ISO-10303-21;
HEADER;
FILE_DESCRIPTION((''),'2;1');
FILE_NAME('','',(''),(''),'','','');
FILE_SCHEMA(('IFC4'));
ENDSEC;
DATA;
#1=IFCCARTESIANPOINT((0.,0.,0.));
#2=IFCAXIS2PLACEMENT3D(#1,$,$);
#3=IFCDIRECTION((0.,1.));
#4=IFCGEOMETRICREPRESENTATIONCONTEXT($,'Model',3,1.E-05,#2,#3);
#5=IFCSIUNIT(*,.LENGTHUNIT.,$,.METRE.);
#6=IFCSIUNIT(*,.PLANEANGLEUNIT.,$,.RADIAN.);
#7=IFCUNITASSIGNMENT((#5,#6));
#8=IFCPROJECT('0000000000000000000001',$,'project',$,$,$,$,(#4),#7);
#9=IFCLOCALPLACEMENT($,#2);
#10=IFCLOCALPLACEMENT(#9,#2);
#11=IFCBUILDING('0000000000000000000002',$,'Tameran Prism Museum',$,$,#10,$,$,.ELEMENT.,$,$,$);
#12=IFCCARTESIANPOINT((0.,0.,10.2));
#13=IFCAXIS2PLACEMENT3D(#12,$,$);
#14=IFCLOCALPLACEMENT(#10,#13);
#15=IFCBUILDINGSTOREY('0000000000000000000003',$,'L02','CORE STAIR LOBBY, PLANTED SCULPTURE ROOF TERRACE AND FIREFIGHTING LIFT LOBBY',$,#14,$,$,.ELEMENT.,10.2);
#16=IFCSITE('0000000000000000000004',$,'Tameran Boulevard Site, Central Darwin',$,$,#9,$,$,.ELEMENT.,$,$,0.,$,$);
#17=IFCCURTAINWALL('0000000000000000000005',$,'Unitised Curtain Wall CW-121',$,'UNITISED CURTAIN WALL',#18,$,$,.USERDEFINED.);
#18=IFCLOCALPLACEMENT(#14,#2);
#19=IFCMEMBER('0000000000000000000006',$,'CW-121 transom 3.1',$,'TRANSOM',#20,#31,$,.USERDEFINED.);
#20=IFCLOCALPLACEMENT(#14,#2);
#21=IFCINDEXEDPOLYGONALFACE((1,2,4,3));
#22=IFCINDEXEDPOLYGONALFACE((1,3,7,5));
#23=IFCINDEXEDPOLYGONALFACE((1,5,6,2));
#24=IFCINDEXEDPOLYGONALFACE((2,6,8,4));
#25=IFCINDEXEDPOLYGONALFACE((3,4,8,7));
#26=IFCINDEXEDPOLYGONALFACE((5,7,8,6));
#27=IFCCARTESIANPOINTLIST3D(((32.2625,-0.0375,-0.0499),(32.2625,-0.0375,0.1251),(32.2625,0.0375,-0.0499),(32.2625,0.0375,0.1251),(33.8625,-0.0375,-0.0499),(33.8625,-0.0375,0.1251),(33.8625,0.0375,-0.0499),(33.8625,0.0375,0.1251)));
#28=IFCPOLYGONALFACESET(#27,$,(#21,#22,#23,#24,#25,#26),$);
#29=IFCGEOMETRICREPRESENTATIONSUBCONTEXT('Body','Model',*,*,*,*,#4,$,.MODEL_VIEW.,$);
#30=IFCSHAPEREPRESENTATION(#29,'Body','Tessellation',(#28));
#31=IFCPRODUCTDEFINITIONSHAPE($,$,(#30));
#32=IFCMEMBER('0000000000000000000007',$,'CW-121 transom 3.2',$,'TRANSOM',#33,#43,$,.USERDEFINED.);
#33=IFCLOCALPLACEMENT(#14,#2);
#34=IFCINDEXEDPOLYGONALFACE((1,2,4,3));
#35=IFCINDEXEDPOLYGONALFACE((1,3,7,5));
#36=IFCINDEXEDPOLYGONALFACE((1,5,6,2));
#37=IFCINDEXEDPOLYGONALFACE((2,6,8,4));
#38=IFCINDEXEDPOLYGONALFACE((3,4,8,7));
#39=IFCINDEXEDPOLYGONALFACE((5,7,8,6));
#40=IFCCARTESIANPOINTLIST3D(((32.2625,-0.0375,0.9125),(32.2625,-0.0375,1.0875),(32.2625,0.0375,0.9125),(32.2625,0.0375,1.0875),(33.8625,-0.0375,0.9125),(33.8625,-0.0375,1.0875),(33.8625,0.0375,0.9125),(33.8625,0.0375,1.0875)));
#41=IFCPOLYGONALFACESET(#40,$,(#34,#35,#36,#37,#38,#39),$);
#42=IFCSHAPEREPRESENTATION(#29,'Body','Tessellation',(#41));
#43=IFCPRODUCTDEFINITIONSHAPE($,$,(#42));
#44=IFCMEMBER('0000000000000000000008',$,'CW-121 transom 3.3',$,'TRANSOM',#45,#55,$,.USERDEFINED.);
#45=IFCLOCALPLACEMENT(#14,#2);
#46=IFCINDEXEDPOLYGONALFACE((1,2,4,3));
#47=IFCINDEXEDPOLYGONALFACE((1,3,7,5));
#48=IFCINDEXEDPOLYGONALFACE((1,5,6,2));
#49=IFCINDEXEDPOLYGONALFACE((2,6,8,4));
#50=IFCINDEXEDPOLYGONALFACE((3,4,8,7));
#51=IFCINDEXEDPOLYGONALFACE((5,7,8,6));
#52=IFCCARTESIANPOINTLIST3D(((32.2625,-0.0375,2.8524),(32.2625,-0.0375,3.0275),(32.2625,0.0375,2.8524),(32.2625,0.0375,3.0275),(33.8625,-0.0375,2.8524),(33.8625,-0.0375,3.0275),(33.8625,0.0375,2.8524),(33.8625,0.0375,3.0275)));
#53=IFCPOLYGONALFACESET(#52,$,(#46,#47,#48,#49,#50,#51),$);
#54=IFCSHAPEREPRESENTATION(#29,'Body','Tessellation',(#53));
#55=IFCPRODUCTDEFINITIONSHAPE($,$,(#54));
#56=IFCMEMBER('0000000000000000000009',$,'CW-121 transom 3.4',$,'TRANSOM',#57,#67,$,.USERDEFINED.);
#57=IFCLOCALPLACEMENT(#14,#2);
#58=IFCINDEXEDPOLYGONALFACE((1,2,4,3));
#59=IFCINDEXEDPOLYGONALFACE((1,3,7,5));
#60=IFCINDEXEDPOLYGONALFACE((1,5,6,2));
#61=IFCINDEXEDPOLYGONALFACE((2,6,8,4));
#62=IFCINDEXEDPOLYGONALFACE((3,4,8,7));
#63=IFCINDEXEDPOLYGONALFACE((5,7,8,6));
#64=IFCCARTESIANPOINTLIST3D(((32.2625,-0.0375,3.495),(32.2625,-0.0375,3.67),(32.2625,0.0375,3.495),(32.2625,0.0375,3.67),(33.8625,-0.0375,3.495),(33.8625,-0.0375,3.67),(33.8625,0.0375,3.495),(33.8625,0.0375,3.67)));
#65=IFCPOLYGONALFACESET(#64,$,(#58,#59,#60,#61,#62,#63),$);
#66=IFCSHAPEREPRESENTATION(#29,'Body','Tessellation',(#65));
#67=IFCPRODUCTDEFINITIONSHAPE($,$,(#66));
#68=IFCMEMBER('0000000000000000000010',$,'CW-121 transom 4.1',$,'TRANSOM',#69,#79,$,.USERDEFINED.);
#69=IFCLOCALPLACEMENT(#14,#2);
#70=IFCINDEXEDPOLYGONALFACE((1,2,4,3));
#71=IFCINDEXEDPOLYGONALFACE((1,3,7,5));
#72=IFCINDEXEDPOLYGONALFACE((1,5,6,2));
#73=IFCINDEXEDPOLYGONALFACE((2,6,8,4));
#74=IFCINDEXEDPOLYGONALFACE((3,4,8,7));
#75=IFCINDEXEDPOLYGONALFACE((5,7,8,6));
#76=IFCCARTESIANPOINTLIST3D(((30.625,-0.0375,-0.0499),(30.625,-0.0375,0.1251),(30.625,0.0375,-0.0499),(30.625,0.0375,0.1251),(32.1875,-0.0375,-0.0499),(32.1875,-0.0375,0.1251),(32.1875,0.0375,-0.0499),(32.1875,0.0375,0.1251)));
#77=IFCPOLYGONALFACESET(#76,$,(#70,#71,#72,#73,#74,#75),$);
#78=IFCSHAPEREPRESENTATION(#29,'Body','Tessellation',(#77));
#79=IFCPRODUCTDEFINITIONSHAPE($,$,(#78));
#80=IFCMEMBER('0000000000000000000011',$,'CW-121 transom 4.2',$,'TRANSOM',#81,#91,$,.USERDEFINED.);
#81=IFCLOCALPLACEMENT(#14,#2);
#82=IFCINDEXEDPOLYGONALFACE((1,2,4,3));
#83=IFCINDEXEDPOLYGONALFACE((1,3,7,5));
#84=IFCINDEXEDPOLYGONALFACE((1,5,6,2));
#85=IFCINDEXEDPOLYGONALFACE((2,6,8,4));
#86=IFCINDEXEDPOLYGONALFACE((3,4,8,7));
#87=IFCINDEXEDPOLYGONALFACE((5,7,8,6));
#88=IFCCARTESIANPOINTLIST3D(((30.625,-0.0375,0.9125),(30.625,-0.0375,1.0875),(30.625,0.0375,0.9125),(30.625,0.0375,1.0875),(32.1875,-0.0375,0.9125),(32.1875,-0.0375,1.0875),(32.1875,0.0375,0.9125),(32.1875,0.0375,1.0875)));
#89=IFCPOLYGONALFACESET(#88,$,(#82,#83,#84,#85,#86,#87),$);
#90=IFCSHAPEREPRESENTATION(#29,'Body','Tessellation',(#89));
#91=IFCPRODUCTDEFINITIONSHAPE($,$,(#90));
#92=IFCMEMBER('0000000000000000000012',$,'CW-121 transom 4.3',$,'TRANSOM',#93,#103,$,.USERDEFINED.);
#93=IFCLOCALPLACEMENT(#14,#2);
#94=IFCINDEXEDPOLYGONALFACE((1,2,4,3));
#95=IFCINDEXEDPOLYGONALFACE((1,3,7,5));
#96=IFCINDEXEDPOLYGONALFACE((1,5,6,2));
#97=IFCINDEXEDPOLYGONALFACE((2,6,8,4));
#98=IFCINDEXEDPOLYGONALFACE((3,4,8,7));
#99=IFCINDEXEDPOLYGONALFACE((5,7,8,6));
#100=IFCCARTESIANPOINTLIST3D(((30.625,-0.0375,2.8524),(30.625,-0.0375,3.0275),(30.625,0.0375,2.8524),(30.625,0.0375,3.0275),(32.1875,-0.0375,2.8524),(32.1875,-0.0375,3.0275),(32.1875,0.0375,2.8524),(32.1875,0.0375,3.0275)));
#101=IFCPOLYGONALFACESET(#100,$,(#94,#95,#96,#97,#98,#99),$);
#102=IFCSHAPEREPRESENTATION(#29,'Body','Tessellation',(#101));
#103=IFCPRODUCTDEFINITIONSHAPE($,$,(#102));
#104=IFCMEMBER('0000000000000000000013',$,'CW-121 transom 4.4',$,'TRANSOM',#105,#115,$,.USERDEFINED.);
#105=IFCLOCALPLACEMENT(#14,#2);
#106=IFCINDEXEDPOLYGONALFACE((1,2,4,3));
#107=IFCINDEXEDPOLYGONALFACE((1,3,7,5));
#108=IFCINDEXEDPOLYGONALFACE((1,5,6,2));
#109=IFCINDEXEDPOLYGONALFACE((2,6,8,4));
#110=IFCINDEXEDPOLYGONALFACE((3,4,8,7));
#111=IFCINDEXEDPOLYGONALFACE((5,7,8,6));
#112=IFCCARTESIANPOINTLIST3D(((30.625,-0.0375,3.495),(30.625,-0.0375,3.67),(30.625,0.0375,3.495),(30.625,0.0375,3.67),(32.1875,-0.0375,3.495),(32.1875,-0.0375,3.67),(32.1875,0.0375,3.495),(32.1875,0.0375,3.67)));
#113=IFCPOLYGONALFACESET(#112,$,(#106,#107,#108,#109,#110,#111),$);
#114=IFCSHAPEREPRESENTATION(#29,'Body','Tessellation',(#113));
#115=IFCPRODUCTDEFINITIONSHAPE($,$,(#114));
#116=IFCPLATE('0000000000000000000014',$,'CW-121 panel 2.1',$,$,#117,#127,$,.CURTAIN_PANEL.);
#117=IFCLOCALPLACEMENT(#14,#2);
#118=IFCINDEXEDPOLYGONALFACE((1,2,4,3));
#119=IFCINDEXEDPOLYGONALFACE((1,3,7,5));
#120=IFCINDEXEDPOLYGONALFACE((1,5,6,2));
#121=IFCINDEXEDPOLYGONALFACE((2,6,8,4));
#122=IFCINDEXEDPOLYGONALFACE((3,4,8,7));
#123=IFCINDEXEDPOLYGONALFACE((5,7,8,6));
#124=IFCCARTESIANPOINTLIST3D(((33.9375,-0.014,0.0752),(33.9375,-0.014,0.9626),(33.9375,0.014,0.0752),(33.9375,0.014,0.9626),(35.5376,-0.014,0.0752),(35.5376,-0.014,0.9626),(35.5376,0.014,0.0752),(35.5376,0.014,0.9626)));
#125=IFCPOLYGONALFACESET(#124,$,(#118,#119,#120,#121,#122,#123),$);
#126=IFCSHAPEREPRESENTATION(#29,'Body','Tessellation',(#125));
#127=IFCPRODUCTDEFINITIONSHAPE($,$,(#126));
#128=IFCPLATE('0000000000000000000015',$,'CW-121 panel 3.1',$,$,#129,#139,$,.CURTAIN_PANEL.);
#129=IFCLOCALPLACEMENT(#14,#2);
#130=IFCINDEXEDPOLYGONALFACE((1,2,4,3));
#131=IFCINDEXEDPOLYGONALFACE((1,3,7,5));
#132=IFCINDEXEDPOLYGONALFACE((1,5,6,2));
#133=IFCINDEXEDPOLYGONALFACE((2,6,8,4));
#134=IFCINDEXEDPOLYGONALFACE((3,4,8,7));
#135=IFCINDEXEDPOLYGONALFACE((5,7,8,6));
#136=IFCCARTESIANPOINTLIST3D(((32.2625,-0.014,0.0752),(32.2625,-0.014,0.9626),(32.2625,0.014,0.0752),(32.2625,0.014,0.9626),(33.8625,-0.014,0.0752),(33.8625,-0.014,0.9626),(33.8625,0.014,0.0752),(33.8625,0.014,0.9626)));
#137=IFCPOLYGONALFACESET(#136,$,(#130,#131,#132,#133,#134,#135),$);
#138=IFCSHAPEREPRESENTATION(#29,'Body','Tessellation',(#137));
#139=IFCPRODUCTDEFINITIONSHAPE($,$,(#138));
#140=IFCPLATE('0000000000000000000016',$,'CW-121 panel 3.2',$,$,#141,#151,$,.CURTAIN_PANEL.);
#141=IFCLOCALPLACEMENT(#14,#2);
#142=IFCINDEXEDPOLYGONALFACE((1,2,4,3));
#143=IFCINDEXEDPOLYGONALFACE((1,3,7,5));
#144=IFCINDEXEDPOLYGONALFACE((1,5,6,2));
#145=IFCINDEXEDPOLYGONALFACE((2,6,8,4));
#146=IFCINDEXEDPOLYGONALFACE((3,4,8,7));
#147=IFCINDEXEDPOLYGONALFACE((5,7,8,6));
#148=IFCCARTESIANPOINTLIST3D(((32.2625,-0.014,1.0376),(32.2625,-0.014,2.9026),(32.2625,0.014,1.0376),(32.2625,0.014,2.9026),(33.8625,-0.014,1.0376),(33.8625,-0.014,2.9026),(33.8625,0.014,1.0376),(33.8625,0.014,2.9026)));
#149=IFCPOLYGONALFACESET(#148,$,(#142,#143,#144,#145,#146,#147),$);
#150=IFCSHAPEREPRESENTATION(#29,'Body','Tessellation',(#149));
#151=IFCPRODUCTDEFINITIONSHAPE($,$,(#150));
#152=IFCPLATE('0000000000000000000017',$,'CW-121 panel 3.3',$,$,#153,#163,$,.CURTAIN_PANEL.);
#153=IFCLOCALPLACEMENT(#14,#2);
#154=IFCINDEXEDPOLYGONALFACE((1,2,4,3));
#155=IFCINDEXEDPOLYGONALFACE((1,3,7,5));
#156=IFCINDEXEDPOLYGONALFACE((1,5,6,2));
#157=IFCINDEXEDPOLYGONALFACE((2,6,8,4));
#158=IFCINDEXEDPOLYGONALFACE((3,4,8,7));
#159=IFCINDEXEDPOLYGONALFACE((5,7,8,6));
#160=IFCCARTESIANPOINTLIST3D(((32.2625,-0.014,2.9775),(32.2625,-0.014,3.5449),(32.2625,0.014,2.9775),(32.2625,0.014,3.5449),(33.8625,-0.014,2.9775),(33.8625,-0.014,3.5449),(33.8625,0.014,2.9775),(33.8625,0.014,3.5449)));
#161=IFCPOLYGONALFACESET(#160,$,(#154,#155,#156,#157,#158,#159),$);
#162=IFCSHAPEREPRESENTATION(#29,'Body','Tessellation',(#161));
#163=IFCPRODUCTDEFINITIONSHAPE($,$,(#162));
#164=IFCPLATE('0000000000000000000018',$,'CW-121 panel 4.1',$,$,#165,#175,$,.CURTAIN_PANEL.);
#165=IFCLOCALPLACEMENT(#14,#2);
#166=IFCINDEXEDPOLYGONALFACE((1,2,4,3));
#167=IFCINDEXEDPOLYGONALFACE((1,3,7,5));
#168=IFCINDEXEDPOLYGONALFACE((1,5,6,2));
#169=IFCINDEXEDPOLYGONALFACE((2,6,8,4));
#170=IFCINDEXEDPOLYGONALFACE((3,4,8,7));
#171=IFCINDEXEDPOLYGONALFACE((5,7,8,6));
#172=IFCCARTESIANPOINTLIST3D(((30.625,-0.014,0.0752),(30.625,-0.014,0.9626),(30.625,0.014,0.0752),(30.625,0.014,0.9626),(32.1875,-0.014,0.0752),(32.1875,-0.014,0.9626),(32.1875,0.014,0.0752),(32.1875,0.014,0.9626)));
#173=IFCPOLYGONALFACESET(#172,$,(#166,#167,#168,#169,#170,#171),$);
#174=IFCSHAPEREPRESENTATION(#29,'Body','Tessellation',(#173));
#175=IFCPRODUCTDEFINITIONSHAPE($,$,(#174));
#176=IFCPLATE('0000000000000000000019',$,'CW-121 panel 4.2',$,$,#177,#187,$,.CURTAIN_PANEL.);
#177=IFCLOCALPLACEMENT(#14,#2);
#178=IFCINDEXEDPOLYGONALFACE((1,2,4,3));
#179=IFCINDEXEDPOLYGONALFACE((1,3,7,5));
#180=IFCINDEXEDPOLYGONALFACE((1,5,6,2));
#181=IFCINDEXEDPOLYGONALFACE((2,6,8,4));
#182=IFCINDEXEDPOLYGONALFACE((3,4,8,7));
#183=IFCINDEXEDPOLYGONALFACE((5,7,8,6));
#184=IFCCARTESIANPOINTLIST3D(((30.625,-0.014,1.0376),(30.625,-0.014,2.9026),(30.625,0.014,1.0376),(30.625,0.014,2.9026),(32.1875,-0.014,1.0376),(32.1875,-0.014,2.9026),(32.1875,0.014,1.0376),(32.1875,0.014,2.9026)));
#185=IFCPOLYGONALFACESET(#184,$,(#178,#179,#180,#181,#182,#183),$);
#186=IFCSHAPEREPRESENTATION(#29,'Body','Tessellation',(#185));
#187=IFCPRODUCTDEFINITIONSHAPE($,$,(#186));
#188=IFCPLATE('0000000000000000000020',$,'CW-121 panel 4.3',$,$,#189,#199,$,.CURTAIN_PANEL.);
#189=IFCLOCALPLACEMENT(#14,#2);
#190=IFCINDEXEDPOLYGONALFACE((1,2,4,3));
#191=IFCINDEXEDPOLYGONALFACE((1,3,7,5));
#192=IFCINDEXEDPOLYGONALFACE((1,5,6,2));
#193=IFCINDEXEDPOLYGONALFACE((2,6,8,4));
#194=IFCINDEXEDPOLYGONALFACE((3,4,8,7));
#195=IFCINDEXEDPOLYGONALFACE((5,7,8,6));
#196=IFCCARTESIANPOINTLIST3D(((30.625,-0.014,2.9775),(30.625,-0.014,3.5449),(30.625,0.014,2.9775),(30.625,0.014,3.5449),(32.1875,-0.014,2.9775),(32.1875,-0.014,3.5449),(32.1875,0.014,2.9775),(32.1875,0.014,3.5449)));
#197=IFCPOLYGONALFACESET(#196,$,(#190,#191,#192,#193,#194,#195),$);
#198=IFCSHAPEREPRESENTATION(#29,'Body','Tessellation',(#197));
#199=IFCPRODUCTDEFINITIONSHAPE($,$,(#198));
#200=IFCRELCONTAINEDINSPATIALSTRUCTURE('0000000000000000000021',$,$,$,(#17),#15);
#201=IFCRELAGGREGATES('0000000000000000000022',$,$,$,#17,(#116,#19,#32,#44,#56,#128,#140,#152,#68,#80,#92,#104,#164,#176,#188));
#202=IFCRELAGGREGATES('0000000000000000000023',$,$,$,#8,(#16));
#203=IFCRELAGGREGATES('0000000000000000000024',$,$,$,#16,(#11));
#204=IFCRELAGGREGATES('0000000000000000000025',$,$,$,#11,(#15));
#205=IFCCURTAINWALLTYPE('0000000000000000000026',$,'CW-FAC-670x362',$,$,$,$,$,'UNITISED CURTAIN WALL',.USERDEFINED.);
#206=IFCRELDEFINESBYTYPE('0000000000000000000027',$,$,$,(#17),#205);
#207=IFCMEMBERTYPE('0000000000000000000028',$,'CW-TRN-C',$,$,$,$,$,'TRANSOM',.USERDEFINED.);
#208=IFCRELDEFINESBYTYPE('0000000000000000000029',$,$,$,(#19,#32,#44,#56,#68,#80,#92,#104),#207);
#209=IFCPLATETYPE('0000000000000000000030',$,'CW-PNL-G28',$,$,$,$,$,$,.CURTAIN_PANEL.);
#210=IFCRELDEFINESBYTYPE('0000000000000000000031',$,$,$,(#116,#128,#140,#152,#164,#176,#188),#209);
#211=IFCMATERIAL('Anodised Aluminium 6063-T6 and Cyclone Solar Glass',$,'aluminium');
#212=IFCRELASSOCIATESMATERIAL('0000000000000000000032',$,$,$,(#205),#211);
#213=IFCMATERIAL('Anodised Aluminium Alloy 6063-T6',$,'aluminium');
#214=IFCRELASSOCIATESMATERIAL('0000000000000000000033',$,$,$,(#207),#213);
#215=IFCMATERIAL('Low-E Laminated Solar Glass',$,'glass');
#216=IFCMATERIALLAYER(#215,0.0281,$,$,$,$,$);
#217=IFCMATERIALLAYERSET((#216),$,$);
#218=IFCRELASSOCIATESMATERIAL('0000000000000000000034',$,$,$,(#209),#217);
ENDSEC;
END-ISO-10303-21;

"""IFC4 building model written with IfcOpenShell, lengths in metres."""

from ifc_helpers import new_model, si_unit, direction, frame, origin, origin_2d, place, context, subcontext, project, spatial, rectangle, extrude, material, layer, layer_set, material_profile, profile_set, type_object, element, aggregate, save


model = new_model("IFC4")

# Units and contexts
model_context = context("Model", 3, precision=1e-05, world=origin(), true_north=direction((0.0, 1.0)))
body_context = subcontext(model_context, "Body", "Model", "MODEL_VIEW")
ifc_project = project(units=[si_unit("LENGTHUNIT", "METRE"), si_unit("PLANEANGLEUNIT", "RADIAN")], contexts=[model_context])

# Site, building, storey
site_placement = place(None, origin())
site = spatial("IfcSite", under=ifc_project, at=site_placement, Name="Tameran Boulevard Site, Central Darwin", CompositionType="ELEMENT", RefElevation=0.0)
building_placement = place(site_placement, origin())
building = spatial("IfcBuilding", under=site, at=building_placement, Name="Tameran Prism Museum", CompositionType="ELEMENT")
storey_placement = place(building_placement, frame((0.0, 0.0, 10.2)))
storey = spatial("IfcBuildingStorey", under=building, at=storey_placement, Name="L02", Description="CORE STAIR LOBBY, PLANTED SCULPTURE ROOF TERRACE AND FIREFIGHTING LIFT LOBBY", CompositionType="ELEMENT", Elevation=10.2)

# Curtain wall, members, plates
ifc_material_1 = material(Name="Anodised Aluminium 6063-T6 and Cyclone Solar Glass", Category="aluminium")
curtain_wall_type = type_object("IfcCurtainWallType", Name="CW-FAC-670x362", ElementType="UNITISED CURTAIN WALL", PredefinedType="USERDEFINED", material=ifc_material_1)
curtain_wall_placement = place(storey_placement, origin())
curtain_wall = element("IfcCurtainWall", 1, at=curtain_wall_placement, inside=storey, type_object=curtain_wall_type, Name="Unitised Curtain Wall CW-121", ObjectType="UNITISED CURTAIN WALL", PredefinedType="USERDEFINED")
ifc_material_2 = material(Name="Anodised Aluminium Alloy 6063-T6", Category="aluminium")
ifc_material_profile_1 = material_profile(ifc_material_2, rectangle(XDim=0.075, YDim=0.175, at=origin_2d()))
ifc_profile_set_1 = profile_set([ifc_material_profile_1])
member_type_1 = type_object("IfcMemberType", Name="CW-TRN-C", ElementType="TRANSOM", PredefinedType="USERDEFINED", material=ifc_profile_set_1)
member_1_placement = place(storey_placement, frame((33.8625, 0.0, 0.0376), z_axis=(-1.0, 0.0, 0.0), x_axis=(0.0, -1.0, 0.0)))
member_1 = element("IfcMember", 2, at=member_1_placement, type_object=member_type_1, Name="CW-121 transom 3.1", ObjectType="TRANSOM", PredefinedType="USERDEFINED", context=body_context, shape_type="SweptSolid", body=[
    extrude(rectangle(XDim=0.075, YDim=0.175, at=origin_2d()), origin(), (0.0, 0.0, 1.0), 1.6001),
])
member_2_placement = place(storey_placement, frame((33.8625, 0.0, 1.0), z_axis=(-1.0, 0.0, 0.0), x_axis=(0.0, -1.0, 0.0)))
member_2 = element("IfcMember", 3, at=member_2_placement, type_object=member_type_1, Name="CW-121 transom 3.2", ObjectType="TRANSOM", PredefinedType="USERDEFINED", context=body_context, shape_type="SweptSolid", body=[
    extrude(rectangle(XDim=0.075, YDim=0.175, at=origin_2d()), origin(), (0.0, 0.0, 1.0), 1.6001),
])
member_3_placement = place(storey_placement, frame((33.8625, 0.0, 2.9399), z_axis=(-1.0, 0.0, 0.0), x_axis=(0.0, -1.0, 0.0)))
member_3 = element("IfcMember", 4, at=member_3_placement, type_object=member_type_1, Name="CW-121 transom 3.3", ObjectType="TRANSOM", PredefinedType="USERDEFINED", context=body_context, shape_type="SweptSolid", body=[
    extrude(rectangle(XDim=0.075, YDim=0.175, at=origin_2d()), origin(), (0.0, 0.0, 1.0), 1.6001),
])
member_4_placement = place(storey_placement, frame((33.8625, 0.0, 3.5825), z_axis=(-1.0, 0.0, 0.0), x_axis=(0.0, -1.0, 0.0)))
member_4 = element("IfcMember", 5, at=member_4_placement, type_object=member_type_1, Name="CW-121 transom 3.4", ObjectType="TRANSOM", PredefinedType="USERDEFINED", context=body_context, shape_type="SweptSolid", body=[
    extrude(rectangle(XDim=0.075, YDim=0.175, at=origin_2d()), origin(), (0.0, 0.0, 1.0), 1.6001),
])
member_5_placement = place(storey_placement, frame((32.1875, 0.0, 0.0376), z_axis=(-1.0, 0.0, 0.0), x_axis=(0.0, -1.0, 0.0)))
member_5 = element("IfcMember", 6, at=member_5_placement, type_object=member_type_1, Name="CW-121 transom 4.1", ObjectType="TRANSOM", PredefinedType="USERDEFINED", context=body_context, shape_type="SweptSolid", body=[
    extrude(rectangle(XDim=0.075, YDim=0.175, at=origin_2d()), origin(), (0.0, 0.0, 1.0), 1.5625),
])
member_6_placement = place(storey_placement, frame((32.1875, 0.0, 1.0), z_axis=(-1.0, 0.0, 0.0), x_axis=(0.0, -1.0, 0.0)))
member_6 = element("IfcMember", 7, at=member_6_placement, type_object=member_type_1, Name="CW-121 transom 4.2", ObjectType="TRANSOM", PredefinedType="USERDEFINED", context=body_context, shape_type="SweptSolid", body=[
    extrude(rectangle(XDim=0.075, YDim=0.175, at=origin_2d()), origin(), (0.0, 0.0, 1.0), 1.5625),
])
member_7_placement = place(storey_placement, frame((32.1875, 0.0, 2.9399), z_axis=(-1.0, 0.0, 0.0), x_axis=(0.0, -1.0, 0.0)))
member_7 = element("IfcMember", 8, at=member_7_placement, type_object=member_type_1, Name="CW-121 transom 4.3", ObjectType="TRANSOM", PredefinedType="USERDEFINED", context=body_context, shape_type="SweptSolid", body=[
    extrude(rectangle(XDim=0.075, YDim=0.175, at=origin_2d()), origin(), (0.0, 0.0, 1.0), 1.5625),
])
member_8_placement = place(storey_placement, frame((32.1875, 0.0, 3.5825), z_axis=(-1.0, 0.0, 0.0), x_axis=(0.0, -1.0, 0.0)))
member_8 = element("IfcMember", 9, at=member_8_placement, type_object=member_type_1, Name="CW-121 transom 4.4", ObjectType="TRANSOM", PredefinedType="USERDEFINED", context=body_context, shape_type="SweptSolid", body=[
    extrude(rectangle(XDim=0.075, YDim=0.175, at=origin_2d()), origin(), (0.0, 0.0, 1.0), 1.5625),
])
ifc_material_3 = material(Name="Low-E Laminated Solar Glass", Category="glass")
ifc_layer_1 = layer(ifc_material_3, 0.0281)
ifc_layer_set_1 = layer_set([ifc_layer_1])
plate_type_1 = type_object("IfcPlateType", Name="CW-PNL-G28", PredefinedType="CURTAIN_PANEL", material=ifc_layer_set_1)
plate_1_placement = place(storey_placement, frame((34.7375, 0.0, 0.0752), z_axis=(0.0, 0.0, 1.0), x_axis=(-1.0, 0.0, 0.0)))
plate_1 = element("IfcPlate", 10, at=plate_1_placement, type_object=plate_type_1, Name="CW-121 panel 2.1", PredefinedType="CURTAIN_PANEL", context=body_context, shape_type="SweptSolid", body=[
    extrude(rectangle(XDim=1.6001, YDim=0.0281, at=origin_2d()), origin(), (0.0, 0.0, 1.0), 0.8875),
])
plate_2_placement = place(storey_placement, frame((33.0625, 0.0, 0.0752), z_axis=(0.0, 0.0, 1.0), x_axis=(-1.0, 0.0, 0.0)))
plate_2 = element("IfcPlate", 11, at=plate_2_placement, type_object=plate_type_1, Name="CW-121 panel 3.1", PredefinedType="CURTAIN_PANEL", context=body_context, shape_type="SweptSolid", body=[
    extrude(rectangle(XDim=1.6001, YDim=0.0281, at=origin_2d()), origin(), (0.0, 0.0, 1.0), 0.8875),
])
plate_3_placement = place(storey_placement, frame((33.0625, 0.0, 1.0376), z_axis=(0.0, 0.0, 1.0), x_axis=(-1.0, 0.0, 0.0)))
plate_3 = element("IfcPlate", 12, at=plate_3_placement, type_object=plate_type_1, Name="CW-121 panel 3.2", PredefinedType="CURTAIN_PANEL", context=body_context, shape_type="SweptSolid", body=[
    extrude(rectangle(XDim=1.6001, YDim=0.0281, at=origin_2d()), origin(), (0.0, 0.0, 1.0), 1.865),
])
plate_4_placement = place(storey_placement, frame((33.0625, 0.0, 2.9775), z_axis=(0.0, 0.0, 1.0), x_axis=(-1.0, 0.0, 0.0)))
plate_4 = element("IfcPlate", 13, at=plate_4_placement, type_object=plate_type_1, Name="CW-121 panel 3.3", PredefinedType="CURTAIN_PANEL", context=body_context, shape_type="SweptSolid", body=[
    extrude(rectangle(XDim=1.6001, YDim=0.0281, at=origin_2d()), origin(), (0.0, 0.0, 1.0), 0.5674),
])
plate_5_placement = place(storey_placement, frame((31.4062, 0.0, 0.0752), z_axis=(0.0, 0.0, 1.0), x_axis=(-1.0, 0.0, 0.0)))
plate_5 = element("IfcPlate", 14, at=plate_5_placement, type_object=plate_type_1, Name="CW-121 panel 4.1", PredefinedType="CURTAIN_PANEL", context=body_context, shape_type="SweptSolid", body=[
    extrude(rectangle(XDim=1.5625, YDim=0.0281, at=origin_2d()), origin(), (0.0, 0.0, 1.0), 0.8875),
])
plate_6_placement = place(storey_placement, frame((31.4062, 0.0, 1.0376), z_axis=(0.0, 0.0, 1.0), x_axis=(-1.0, 0.0, 0.0)))
plate_6 = element("IfcPlate", 15, at=plate_6_placement, type_object=plate_type_1, Name="CW-121 panel 4.2", PredefinedType="CURTAIN_PANEL", context=body_context, shape_type="SweptSolid", body=[
    extrude(rectangle(XDim=1.5625, YDim=0.0281, at=origin_2d()), origin(), (0.0, 0.0, 1.0), 1.865),
])
plate_7_placement = place(storey_placement, frame((31.4062, 0.0, 2.9775), z_axis=(0.0, 0.0, 1.0), x_axis=(-1.0, 0.0, 0.0)))
plate_7 = element("IfcPlate", 16, at=plate_7_placement, type_object=plate_type_1, Name="CW-121 panel 4.3", PredefinedType="CURTAIN_PANEL", context=body_context, shape_type="SweptSolid", body=[
    extrude(rectangle(XDim=1.5625, YDim=0.0281, at=origin_2d()), origin(), (0.0, 0.0, 1.0), 0.5674),
])
aggregate(curtain_wall, [plate_1, member_1, member_2, member_3, member_4, plate_2, plate_3, plate_4, member_5, member_6, member_7, member_8, plate_5, plate_6, plate_7])

save(model, "model.ifc")
